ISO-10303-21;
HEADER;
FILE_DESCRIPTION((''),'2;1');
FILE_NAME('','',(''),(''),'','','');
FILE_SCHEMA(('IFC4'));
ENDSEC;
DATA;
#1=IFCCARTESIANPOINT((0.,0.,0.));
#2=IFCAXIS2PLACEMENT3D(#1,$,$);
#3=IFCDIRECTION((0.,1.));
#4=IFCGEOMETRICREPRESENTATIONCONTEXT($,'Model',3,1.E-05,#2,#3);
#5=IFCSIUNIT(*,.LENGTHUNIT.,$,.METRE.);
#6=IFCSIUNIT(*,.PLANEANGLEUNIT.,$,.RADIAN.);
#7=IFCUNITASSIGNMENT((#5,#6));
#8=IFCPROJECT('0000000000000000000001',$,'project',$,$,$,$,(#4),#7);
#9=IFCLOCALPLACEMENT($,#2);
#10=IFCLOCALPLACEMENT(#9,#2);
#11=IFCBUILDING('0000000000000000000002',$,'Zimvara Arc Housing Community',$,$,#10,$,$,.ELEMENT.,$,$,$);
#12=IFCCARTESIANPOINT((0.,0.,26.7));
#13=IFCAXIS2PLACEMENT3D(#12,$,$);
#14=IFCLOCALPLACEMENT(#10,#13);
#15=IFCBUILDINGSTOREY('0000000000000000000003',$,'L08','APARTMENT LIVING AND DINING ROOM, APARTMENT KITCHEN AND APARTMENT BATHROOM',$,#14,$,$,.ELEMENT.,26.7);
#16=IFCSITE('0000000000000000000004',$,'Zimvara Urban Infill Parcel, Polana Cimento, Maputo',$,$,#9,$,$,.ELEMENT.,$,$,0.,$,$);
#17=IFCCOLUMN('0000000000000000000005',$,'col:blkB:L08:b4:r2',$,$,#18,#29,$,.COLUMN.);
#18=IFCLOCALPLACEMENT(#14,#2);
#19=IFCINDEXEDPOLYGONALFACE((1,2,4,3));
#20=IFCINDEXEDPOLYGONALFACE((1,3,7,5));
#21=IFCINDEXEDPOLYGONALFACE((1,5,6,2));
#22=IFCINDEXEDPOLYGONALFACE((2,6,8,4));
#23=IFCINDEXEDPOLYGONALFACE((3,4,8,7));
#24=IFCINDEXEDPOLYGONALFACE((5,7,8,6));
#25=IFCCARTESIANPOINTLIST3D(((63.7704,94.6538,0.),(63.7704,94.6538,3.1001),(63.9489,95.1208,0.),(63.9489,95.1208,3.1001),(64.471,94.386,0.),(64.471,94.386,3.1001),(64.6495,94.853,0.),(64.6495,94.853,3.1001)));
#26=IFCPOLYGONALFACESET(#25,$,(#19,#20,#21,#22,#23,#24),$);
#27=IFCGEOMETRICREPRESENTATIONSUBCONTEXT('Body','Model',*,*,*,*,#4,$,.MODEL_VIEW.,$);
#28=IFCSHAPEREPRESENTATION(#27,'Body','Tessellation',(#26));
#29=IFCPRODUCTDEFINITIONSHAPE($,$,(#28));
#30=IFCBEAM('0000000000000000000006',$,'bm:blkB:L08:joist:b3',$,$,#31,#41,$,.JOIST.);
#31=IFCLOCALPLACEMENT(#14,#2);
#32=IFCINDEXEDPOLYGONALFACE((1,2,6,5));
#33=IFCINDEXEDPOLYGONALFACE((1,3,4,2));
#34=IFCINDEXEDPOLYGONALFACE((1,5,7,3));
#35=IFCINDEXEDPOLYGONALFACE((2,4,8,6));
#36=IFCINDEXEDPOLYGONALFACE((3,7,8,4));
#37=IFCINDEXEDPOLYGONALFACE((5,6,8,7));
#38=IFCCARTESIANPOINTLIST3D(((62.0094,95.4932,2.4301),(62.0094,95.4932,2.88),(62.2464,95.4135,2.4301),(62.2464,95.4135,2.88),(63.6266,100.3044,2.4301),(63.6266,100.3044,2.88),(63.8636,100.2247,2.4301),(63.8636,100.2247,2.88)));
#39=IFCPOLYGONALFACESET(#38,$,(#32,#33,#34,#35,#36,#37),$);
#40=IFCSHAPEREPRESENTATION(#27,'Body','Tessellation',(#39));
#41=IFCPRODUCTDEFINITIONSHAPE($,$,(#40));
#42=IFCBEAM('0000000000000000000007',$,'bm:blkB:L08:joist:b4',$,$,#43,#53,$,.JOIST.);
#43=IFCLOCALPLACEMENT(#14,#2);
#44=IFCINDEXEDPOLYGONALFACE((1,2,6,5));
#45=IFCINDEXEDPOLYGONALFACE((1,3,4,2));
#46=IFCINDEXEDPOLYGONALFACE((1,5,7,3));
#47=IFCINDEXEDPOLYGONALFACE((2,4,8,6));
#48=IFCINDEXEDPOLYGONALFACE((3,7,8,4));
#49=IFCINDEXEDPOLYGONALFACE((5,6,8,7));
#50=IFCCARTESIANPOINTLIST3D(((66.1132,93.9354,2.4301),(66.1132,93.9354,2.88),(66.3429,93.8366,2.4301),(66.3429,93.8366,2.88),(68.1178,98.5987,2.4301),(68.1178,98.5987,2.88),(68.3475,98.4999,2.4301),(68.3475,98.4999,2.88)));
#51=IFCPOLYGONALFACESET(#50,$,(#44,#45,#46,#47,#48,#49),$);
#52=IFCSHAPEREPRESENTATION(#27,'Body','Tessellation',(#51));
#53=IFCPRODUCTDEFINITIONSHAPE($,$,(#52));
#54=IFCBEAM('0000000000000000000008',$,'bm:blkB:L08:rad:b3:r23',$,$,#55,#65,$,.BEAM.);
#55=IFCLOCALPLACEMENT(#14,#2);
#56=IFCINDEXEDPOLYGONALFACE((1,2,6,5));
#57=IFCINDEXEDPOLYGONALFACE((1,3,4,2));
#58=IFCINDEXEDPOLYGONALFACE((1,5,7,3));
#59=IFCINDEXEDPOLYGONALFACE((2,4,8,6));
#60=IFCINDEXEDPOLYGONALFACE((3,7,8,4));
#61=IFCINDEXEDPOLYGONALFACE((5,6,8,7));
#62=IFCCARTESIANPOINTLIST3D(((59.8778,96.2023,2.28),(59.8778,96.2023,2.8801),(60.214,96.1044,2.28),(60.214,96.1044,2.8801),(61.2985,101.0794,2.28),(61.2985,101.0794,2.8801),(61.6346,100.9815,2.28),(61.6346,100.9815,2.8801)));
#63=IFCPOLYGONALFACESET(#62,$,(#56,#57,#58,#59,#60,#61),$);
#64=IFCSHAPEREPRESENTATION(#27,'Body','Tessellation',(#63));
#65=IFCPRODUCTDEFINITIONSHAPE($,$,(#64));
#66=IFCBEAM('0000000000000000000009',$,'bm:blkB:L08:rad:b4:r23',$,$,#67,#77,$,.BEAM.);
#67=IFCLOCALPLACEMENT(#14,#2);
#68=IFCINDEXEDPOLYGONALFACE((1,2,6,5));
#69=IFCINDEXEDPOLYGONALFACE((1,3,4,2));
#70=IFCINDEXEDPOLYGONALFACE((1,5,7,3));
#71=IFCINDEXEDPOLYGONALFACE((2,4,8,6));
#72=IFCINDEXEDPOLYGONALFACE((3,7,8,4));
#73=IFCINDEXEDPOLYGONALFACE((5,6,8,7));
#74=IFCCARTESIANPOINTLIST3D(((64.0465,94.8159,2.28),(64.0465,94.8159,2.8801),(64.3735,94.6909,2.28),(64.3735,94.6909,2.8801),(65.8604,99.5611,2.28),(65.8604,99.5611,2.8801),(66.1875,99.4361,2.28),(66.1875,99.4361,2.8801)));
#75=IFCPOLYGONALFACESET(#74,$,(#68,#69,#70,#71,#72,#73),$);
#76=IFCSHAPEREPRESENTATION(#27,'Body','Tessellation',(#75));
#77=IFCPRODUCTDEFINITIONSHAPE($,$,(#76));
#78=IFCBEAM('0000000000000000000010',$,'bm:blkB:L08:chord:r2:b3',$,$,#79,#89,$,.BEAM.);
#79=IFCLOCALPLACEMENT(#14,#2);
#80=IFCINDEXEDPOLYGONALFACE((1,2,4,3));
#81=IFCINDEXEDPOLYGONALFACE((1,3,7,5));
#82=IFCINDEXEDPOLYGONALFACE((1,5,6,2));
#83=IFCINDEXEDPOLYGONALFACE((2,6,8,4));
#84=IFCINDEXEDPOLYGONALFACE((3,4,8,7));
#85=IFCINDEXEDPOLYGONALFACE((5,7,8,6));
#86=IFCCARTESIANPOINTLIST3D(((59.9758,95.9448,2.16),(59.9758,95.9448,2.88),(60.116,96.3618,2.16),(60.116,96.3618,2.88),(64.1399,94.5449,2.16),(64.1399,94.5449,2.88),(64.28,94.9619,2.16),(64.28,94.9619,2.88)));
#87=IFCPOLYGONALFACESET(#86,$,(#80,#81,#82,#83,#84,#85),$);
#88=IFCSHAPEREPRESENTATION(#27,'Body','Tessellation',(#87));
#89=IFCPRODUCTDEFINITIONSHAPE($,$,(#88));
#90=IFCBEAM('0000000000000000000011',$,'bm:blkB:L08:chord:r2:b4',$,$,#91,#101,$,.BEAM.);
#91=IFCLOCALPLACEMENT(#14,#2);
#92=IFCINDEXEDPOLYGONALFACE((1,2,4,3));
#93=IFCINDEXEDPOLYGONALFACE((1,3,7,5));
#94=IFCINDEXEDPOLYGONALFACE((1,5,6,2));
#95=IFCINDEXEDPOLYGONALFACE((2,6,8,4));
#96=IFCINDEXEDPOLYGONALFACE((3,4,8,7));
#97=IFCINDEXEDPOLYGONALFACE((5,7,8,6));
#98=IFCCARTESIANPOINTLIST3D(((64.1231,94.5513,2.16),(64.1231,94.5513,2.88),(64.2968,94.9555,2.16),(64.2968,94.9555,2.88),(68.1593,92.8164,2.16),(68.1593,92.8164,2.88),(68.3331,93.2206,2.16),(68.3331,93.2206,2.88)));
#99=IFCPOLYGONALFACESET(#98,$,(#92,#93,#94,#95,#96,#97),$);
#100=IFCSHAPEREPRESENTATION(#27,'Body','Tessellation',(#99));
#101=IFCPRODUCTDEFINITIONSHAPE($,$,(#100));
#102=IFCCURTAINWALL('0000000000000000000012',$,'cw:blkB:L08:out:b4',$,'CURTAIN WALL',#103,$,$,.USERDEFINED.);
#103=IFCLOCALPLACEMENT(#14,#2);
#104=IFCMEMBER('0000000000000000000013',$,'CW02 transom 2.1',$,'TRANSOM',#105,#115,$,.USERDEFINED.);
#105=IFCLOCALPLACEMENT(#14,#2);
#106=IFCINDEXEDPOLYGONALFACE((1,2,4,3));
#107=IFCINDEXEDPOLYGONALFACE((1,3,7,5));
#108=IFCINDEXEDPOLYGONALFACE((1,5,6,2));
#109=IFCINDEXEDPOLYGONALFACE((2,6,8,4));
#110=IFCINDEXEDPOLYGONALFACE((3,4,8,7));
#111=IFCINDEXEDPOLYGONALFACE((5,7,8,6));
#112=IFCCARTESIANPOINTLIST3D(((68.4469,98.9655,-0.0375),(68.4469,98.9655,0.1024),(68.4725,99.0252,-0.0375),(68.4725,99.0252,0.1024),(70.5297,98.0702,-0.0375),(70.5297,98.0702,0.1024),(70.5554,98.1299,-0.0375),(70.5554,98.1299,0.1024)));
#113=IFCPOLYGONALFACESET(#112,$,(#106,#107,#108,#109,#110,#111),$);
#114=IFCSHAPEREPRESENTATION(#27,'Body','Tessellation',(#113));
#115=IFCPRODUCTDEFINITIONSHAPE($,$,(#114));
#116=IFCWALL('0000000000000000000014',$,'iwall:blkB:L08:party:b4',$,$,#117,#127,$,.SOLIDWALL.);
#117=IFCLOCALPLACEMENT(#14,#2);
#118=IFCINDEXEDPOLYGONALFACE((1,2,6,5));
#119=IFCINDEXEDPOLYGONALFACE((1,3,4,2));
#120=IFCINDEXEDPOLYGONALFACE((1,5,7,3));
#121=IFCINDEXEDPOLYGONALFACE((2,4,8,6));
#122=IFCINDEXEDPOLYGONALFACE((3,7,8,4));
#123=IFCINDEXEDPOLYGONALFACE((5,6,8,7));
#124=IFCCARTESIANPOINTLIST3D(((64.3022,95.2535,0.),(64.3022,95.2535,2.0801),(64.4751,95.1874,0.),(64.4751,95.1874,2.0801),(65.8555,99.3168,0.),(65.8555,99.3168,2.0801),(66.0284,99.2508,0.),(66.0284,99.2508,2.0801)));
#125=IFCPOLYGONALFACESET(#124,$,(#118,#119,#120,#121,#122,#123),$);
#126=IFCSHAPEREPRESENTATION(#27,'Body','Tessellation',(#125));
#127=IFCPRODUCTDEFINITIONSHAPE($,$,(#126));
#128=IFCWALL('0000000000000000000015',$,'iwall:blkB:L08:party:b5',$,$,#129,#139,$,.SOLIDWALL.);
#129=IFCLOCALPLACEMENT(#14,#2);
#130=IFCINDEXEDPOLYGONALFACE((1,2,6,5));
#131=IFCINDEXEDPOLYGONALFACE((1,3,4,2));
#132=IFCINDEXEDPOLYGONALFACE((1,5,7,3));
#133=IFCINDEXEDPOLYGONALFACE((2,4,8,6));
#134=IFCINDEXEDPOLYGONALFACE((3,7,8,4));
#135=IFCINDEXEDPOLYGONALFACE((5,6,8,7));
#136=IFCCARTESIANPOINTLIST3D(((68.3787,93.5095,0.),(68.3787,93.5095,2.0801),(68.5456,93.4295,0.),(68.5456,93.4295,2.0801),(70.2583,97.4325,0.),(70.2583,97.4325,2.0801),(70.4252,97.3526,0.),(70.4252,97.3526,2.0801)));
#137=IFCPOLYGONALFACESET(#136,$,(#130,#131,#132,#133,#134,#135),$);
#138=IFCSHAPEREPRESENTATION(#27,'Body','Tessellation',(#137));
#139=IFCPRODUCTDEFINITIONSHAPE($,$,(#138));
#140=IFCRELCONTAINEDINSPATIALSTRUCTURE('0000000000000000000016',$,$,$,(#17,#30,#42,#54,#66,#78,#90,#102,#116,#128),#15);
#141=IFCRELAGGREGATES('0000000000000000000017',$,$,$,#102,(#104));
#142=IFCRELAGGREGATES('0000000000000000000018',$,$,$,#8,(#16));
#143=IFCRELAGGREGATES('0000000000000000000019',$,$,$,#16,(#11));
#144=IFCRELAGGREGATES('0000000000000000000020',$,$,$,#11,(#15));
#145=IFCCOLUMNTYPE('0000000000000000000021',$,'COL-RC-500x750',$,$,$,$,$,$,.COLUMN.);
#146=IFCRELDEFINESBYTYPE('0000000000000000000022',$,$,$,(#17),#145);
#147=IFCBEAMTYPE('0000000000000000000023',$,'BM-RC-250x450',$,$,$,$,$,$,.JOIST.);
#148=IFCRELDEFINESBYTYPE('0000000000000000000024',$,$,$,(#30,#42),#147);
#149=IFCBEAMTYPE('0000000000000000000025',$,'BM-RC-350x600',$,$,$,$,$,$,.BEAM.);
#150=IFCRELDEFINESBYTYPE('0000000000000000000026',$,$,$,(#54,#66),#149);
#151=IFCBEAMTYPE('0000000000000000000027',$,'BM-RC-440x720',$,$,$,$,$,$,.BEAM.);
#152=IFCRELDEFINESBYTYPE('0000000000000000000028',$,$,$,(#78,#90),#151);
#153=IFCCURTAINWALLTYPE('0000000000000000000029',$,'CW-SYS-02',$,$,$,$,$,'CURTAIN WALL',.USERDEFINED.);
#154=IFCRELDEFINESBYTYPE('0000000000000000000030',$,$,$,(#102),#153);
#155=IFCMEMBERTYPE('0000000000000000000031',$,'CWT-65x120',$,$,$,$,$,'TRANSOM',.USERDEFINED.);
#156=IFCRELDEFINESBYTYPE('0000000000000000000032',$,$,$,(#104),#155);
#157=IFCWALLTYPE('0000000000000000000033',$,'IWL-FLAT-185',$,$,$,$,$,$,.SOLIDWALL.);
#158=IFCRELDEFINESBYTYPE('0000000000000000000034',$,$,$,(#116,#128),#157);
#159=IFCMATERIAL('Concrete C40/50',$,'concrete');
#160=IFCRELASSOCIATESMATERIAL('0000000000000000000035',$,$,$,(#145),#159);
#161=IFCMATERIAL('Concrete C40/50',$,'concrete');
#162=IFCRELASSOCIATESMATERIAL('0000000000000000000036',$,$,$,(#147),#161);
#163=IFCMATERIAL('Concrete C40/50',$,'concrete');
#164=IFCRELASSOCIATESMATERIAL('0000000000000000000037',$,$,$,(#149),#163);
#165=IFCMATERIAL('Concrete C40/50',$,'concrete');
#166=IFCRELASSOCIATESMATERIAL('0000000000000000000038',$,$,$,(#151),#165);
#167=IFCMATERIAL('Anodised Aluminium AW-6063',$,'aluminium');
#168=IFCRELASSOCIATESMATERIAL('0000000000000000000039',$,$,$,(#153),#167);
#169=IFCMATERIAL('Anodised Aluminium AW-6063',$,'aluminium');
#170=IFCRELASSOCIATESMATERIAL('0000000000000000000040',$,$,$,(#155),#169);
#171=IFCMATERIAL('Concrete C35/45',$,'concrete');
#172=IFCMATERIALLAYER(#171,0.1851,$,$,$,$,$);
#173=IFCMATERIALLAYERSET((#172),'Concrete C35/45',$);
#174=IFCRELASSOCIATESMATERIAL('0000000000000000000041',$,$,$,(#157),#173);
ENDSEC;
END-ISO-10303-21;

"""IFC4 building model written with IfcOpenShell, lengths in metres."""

from ifc_helpers import new_model, si_unit, direction, frame, frame_2d, origin, origin_2d, place, context, subcontext, project, spatial, rectangle, extrude, material, layer, layer_set, material_profile, profile_set, type_object, element, aggregate, save


model = new_model("IFC4")

# Units and contexts
model_context = context("Model", 3, precision=1e-05, world=origin(), true_north=direction((0.0, 1.0)))
body_context = subcontext(model_context, "Body", "Model", "MODEL_VIEW")
ifc_project = project(units=[si_unit("LENGTHUNIT", "METRE"), si_unit("PLANEANGLEUNIT", "RADIAN")], contexts=[model_context])

# Site, building, storey
site_placement = place(None, origin())
site = spatial("IfcSite", under=ifc_project, at=site_placement, Name="Zimvara Urban Infill Parcel, Polana Cimento, Maputo", CompositionType="ELEMENT", RefElevation=0.0)
building_placement = place(site_placement, origin())
building = spatial("IfcBuilding", under=site, at=building_placement, Name="Zimvara Arc Housing Community", CompositionType="ELEMENT")
storey_placement = place(building_placement, frame((0.0, 0.0, 26.7)))
storey = spatial("IfcBuildingStorey", under=building, at=storey_placement, Name="L08", Description="APARTMENT LIVING AND DINING ROOM, APARTMENT KITCHEN AND APARTMENT BATHROOM", CompositionType="ELEMENT", Elevation=26.7)

# Column
ifc_material_1 = material(Name="Concrete C40/50", Category="concrete")
ifc_material_profile_1 = material_profile(ifc_material_1, rectangle(XDim=0.5, YDim=0.75, at=origin_2d()), Name="RC 500x750")
ifc_profile_set_1 = profile_set([ifc_material_profile_1], Name="Concrete C40/50")
column_type = type_object("IfcColumnType", Name="COL-RC-500x750", PredefinedType="COLUMN", material=ifc_profile_set_1)
column_placement = place(storey_placement, frame((64.21, 94.7534, 0.0), z_axis=(0.0, 0.0, 1.0), x_axis=(0.357064, 0.93408, 0.0)))
element("IfcColumn", 1, at=column_placement, inside=storey, type_object=column_type, Name="col:blkB:L08:b4:r2", PredefinedType="COLUMN", context=body_context, shape_type="SweptSolid", body=[
    extrude(rectangle(XDim=0.5, YDim=0.75, at=origin_2d()), origin(), (0.0, 0.0, 1.0), 3.1001),
])

# Beams
ifc_material_2 = material(Name="Concrete C40/50", Category="concrete")
ifc_material_profile_2 = material_profile(ifc_material_2, rectangle(XDim=0.25, YDim=0.45, at=origin_2d()), Name="RC 250x450")
ifc_profile_set_2 = profile_set([ifc_material_profile_2], Name="Concrete C40/50")
beam_type_1 = type_object("IfcBeamType", Name="BM-RC-250x450", PredefinedType="JOIST", material=ifc_profile_set_2)
beam_1_placement = place(storey_placement, frame((62.1279, 95.4534, 2.655), z_axis=(0.318608, 0.947887, 0.0), x_axis=(-0.947887, 0.318608, 0.0)))
element("IfcBeam", 2, at=beam_1_placement, inside=storey, type_object=beam_type_1, Name="bm:blkB:L08:joist:b3", PredefinedType="JOIST", context=body_context, shape_type="SweptSolid", body=[
    extrude(rectangle(XDim=0.25, YDim=0.45, at=origin_2d()), origin(), (0.0, 0.0, 1.0), 5.0757),
])
beam_2_placement = place(storey_placement, frame((66.228, 93.886, 2.655), z_axis=(0.394929, 0.918712, 0.0), x_axis=(-0.918712, 0.394929, 0.0)))
element("IfcBeam", 3, at=beam_2_placement, inside=storey, type_object=beam_type_1, Name="bm:blkB:L08:joist:b4", PredefinedType="JOIST", context=body_context, shape_type="SweptSolid", body=[
    extrude(rectangle(XDim=0.25, YDim=0.45, at=origin_2d()), origin(), (0.0, 0.0, 1.0), 5.0759),
])
ifc_material_3 = material(Name="Concrete C40/50", Category="concrete")
ifc_material_profile_3 = material_profile(ifc_material_3, rectangle(XDim=0.3501, YDim=0.6001, at=origin_2d()), Name="RC 350x600")
ifc_profile_set_3 = profile_set([ifc_material_profile_3], Name="Concrete C40/50")
beam_type_2 = type_object("IfcBeamType", Name="BM-RC-350x600", PredefinedType="BEAM", material=ifc_profile_set_3)
beam_3_placement = place(storey_placement, frame((60.0459, 96.1533, 2.5801), z_axis=(0.279662, 0.960098, 0.0), x_axis=(-0.960098, 0.279662, 0.0)))
element("IfcBeam", 4, at=beam_3_placement, inside=storey, type_object=beam_type_2, Name="bm:blkB:L08:rad:b3:r23", PredefinedType="BEAM", context=body_context, shape_type="SweptSolid", body=[
    extrude(rectangle(XDim=0.3501, YDim=0.6001, at=origin_2d()), origin(), (0.0, 0.0, 1.0), 5.0798),
])
beam_4_placement = place(storey_placement, frame((64.21, 94.7534, 2.5801), z_axis=(0.357078, 0.934074, 0.0), x_axis=(-0.934074, 0.357078, 0.0)))
element("IfcBeam", 5, at=beam_4_placement, inside=storey, type_object=beam_type_2, Name="bm:blkB:L08:rad:b4:r23", PredefinedType="BEAM", context=body_context, shape_type="SweptSolid", body=[
    extrude(rectangle(XDim=0.3501, YDim=0.6001, at=origin_2d()), origin(), (0.0, 0.0, 1.0), 5.0801),
])
ifc_material_4 = material(Name="Concrete C40/50", Category="concrete")
ifc_material_profile_4 = material_profile(ifc_material_4, rectangle(XDim=0.4399, YDim=0.72, at=origin_2d()), Name="RC 440x720")
ifc_profile_set_4 = profile_set([ifc_material_profile_4], Name="Concrete C40/50")
beam_type_3 = type_object("IfcBeamType", Name="BM-RC-440x720", PredefinedType="BEAM", material=ifc_profile_set_4)
beam_5_placement = place(storey_placement, frame((60.0459, 96.1533, 2.52), z_axis=(0.947869, -0.318661, 0.0), x_axis=(0.318661, 0.947869, 0.0)))
element("IfcBeam", 6, at=beam_5_placement, inside=storey, type_object=beam_type_3, Name="bm:blkB:L08:chord:r2:b3", PredefinedType="BEAM", context=body_context, shape_type="SweptSolid", body=[
    extrude(rectangle(XDim=0.4399, YDim=0.72, at=origin_2d()), origin(), (0.0, 0.0, 1.0), 4.3931),
])
beam_6_placement = place(storey_placement, frame((64.21, 94.7534, 2.52), z_axis=(0.918725, -0.394898, 0.0), x_axis=(0.394898, 0.918725, 0.0)))
element("IfcBeam", 7, at=beam_6_placement, inside=storey, type_object=beam_type_3, Name="bm:blkB:L08:chord:r2:b4", PredefinedType="BEAM", context=body_context, shape_type="SweptSolid", body=[
    extrude(rectangle(XDim=0.4399, YDim=0.72, at=origin_2d()), origin(), (0.0, 0.0, 1.0), 4.3933),
])

# Curtain wall, member
ifc_material_5 = material(Name="Anodised Aluminium AW-6063", Category="aluminium")
curtain_wall_type = type_object("IfcCurtainWallType", Name="CW-SYS-02", ElementType="CURTAIN WALL", PredefinedType="USERDEFINED", material=ifc_material_5)
curtain_wall_placement = place(storey_placement, origin())
curtain_wall = element("IfcCurtainWall", 8, at=curtain_wall_placement, inside=storey, type_object=curtain_wall_type, Name="cw:blkB:L08:out:b4", ObjectType="CURTAIN WALL", PredefinedType="USERDEFINED")
ifc_material_6 = material(Name="Anodised Aluminium AW-6063", Category="aluminium")
ifc_material_profile_5 = material_profile(ifc_material_6, rectangle(XDim=0.0649, YDim=0.1399, at=origin_2d()), Name="ALU 65x140")
ifc_profile_set_5 = profile_set([ifc_material_profile_5], Name="Anodised Aluminium AW-6063")
member_type = type_object("IfcMemberType", Name="CWT-65x120", ElementType="TRANSOM", PredefinedType="USERDEFINED", material=ifc_profile_set_5)
member_placement = place(storey_placement, frame((68.4597, 98.9954, 0.0325), z_axis=(0.918721, -0.394907, 0.0), x_axis=(0.394907, 0.918721, 0.0)))
member = element("IfcMember", 9, at=member_placement, type_object=member_type, Name="CW02 transom 2.1", ObjectType="TRANSOM", PredefinedType="USERDEFINED", context=body_context, shape_type="SweptSolid", body=[
    extrude(rectangle(XDim=0.0649, YDim=0.1399, at=origin_2d()), origin(), (0.0, 0.0, 1.0), 2.2671),
])
aggregate(curtain_wall, [member])

# Walls
ifc_material_7 = material(Name="Concrete C35/45", Category="concrete")
ifc_layer_1 = layer(ifc_material_7, 0.1851)
ifc_layer_set_1 = layer_set([ifc_layer_1], Name="Concrete C35/45")
wall_type_1 = type_object("IfcWallType", Name="IWL-FLAT-185", PredefinedType="SOLIDWALL", material=ifc_layer_set_1)
for number, where, z_axis, x_axis, name in (
    (10, (64.3887, 95.2205, 0.0), (0.0, 0.0, 1.0), (0.357064, 0.93408, 0.0), "iwall:blkB:L08:party:b4"),
    (11, (68.4622, 93.4695, 0.0), (0.0, 0.0, 1.0), (0.432087, 0.901832, 0.0), "iwall:blkB:L08:party:b5"),
):
    element("IfcWall", number, at=place(storey_placement, frame(where, z_axis=z_axis, x_axis=x_axis)), inside=storey, type_object=wall_type_1, Name=name, PredefinedType="SOLIDWALL", context=body_context, shape_type="SweptSolid", body=[
        extrude(rectangle(XDim=4.3501, YDim=0.1851, at=frame_2d((2.175, 0.0))), origin(), (0.0, 0.0, 1.0), 2.0801),
    ])

save(model, "model.ifc")
